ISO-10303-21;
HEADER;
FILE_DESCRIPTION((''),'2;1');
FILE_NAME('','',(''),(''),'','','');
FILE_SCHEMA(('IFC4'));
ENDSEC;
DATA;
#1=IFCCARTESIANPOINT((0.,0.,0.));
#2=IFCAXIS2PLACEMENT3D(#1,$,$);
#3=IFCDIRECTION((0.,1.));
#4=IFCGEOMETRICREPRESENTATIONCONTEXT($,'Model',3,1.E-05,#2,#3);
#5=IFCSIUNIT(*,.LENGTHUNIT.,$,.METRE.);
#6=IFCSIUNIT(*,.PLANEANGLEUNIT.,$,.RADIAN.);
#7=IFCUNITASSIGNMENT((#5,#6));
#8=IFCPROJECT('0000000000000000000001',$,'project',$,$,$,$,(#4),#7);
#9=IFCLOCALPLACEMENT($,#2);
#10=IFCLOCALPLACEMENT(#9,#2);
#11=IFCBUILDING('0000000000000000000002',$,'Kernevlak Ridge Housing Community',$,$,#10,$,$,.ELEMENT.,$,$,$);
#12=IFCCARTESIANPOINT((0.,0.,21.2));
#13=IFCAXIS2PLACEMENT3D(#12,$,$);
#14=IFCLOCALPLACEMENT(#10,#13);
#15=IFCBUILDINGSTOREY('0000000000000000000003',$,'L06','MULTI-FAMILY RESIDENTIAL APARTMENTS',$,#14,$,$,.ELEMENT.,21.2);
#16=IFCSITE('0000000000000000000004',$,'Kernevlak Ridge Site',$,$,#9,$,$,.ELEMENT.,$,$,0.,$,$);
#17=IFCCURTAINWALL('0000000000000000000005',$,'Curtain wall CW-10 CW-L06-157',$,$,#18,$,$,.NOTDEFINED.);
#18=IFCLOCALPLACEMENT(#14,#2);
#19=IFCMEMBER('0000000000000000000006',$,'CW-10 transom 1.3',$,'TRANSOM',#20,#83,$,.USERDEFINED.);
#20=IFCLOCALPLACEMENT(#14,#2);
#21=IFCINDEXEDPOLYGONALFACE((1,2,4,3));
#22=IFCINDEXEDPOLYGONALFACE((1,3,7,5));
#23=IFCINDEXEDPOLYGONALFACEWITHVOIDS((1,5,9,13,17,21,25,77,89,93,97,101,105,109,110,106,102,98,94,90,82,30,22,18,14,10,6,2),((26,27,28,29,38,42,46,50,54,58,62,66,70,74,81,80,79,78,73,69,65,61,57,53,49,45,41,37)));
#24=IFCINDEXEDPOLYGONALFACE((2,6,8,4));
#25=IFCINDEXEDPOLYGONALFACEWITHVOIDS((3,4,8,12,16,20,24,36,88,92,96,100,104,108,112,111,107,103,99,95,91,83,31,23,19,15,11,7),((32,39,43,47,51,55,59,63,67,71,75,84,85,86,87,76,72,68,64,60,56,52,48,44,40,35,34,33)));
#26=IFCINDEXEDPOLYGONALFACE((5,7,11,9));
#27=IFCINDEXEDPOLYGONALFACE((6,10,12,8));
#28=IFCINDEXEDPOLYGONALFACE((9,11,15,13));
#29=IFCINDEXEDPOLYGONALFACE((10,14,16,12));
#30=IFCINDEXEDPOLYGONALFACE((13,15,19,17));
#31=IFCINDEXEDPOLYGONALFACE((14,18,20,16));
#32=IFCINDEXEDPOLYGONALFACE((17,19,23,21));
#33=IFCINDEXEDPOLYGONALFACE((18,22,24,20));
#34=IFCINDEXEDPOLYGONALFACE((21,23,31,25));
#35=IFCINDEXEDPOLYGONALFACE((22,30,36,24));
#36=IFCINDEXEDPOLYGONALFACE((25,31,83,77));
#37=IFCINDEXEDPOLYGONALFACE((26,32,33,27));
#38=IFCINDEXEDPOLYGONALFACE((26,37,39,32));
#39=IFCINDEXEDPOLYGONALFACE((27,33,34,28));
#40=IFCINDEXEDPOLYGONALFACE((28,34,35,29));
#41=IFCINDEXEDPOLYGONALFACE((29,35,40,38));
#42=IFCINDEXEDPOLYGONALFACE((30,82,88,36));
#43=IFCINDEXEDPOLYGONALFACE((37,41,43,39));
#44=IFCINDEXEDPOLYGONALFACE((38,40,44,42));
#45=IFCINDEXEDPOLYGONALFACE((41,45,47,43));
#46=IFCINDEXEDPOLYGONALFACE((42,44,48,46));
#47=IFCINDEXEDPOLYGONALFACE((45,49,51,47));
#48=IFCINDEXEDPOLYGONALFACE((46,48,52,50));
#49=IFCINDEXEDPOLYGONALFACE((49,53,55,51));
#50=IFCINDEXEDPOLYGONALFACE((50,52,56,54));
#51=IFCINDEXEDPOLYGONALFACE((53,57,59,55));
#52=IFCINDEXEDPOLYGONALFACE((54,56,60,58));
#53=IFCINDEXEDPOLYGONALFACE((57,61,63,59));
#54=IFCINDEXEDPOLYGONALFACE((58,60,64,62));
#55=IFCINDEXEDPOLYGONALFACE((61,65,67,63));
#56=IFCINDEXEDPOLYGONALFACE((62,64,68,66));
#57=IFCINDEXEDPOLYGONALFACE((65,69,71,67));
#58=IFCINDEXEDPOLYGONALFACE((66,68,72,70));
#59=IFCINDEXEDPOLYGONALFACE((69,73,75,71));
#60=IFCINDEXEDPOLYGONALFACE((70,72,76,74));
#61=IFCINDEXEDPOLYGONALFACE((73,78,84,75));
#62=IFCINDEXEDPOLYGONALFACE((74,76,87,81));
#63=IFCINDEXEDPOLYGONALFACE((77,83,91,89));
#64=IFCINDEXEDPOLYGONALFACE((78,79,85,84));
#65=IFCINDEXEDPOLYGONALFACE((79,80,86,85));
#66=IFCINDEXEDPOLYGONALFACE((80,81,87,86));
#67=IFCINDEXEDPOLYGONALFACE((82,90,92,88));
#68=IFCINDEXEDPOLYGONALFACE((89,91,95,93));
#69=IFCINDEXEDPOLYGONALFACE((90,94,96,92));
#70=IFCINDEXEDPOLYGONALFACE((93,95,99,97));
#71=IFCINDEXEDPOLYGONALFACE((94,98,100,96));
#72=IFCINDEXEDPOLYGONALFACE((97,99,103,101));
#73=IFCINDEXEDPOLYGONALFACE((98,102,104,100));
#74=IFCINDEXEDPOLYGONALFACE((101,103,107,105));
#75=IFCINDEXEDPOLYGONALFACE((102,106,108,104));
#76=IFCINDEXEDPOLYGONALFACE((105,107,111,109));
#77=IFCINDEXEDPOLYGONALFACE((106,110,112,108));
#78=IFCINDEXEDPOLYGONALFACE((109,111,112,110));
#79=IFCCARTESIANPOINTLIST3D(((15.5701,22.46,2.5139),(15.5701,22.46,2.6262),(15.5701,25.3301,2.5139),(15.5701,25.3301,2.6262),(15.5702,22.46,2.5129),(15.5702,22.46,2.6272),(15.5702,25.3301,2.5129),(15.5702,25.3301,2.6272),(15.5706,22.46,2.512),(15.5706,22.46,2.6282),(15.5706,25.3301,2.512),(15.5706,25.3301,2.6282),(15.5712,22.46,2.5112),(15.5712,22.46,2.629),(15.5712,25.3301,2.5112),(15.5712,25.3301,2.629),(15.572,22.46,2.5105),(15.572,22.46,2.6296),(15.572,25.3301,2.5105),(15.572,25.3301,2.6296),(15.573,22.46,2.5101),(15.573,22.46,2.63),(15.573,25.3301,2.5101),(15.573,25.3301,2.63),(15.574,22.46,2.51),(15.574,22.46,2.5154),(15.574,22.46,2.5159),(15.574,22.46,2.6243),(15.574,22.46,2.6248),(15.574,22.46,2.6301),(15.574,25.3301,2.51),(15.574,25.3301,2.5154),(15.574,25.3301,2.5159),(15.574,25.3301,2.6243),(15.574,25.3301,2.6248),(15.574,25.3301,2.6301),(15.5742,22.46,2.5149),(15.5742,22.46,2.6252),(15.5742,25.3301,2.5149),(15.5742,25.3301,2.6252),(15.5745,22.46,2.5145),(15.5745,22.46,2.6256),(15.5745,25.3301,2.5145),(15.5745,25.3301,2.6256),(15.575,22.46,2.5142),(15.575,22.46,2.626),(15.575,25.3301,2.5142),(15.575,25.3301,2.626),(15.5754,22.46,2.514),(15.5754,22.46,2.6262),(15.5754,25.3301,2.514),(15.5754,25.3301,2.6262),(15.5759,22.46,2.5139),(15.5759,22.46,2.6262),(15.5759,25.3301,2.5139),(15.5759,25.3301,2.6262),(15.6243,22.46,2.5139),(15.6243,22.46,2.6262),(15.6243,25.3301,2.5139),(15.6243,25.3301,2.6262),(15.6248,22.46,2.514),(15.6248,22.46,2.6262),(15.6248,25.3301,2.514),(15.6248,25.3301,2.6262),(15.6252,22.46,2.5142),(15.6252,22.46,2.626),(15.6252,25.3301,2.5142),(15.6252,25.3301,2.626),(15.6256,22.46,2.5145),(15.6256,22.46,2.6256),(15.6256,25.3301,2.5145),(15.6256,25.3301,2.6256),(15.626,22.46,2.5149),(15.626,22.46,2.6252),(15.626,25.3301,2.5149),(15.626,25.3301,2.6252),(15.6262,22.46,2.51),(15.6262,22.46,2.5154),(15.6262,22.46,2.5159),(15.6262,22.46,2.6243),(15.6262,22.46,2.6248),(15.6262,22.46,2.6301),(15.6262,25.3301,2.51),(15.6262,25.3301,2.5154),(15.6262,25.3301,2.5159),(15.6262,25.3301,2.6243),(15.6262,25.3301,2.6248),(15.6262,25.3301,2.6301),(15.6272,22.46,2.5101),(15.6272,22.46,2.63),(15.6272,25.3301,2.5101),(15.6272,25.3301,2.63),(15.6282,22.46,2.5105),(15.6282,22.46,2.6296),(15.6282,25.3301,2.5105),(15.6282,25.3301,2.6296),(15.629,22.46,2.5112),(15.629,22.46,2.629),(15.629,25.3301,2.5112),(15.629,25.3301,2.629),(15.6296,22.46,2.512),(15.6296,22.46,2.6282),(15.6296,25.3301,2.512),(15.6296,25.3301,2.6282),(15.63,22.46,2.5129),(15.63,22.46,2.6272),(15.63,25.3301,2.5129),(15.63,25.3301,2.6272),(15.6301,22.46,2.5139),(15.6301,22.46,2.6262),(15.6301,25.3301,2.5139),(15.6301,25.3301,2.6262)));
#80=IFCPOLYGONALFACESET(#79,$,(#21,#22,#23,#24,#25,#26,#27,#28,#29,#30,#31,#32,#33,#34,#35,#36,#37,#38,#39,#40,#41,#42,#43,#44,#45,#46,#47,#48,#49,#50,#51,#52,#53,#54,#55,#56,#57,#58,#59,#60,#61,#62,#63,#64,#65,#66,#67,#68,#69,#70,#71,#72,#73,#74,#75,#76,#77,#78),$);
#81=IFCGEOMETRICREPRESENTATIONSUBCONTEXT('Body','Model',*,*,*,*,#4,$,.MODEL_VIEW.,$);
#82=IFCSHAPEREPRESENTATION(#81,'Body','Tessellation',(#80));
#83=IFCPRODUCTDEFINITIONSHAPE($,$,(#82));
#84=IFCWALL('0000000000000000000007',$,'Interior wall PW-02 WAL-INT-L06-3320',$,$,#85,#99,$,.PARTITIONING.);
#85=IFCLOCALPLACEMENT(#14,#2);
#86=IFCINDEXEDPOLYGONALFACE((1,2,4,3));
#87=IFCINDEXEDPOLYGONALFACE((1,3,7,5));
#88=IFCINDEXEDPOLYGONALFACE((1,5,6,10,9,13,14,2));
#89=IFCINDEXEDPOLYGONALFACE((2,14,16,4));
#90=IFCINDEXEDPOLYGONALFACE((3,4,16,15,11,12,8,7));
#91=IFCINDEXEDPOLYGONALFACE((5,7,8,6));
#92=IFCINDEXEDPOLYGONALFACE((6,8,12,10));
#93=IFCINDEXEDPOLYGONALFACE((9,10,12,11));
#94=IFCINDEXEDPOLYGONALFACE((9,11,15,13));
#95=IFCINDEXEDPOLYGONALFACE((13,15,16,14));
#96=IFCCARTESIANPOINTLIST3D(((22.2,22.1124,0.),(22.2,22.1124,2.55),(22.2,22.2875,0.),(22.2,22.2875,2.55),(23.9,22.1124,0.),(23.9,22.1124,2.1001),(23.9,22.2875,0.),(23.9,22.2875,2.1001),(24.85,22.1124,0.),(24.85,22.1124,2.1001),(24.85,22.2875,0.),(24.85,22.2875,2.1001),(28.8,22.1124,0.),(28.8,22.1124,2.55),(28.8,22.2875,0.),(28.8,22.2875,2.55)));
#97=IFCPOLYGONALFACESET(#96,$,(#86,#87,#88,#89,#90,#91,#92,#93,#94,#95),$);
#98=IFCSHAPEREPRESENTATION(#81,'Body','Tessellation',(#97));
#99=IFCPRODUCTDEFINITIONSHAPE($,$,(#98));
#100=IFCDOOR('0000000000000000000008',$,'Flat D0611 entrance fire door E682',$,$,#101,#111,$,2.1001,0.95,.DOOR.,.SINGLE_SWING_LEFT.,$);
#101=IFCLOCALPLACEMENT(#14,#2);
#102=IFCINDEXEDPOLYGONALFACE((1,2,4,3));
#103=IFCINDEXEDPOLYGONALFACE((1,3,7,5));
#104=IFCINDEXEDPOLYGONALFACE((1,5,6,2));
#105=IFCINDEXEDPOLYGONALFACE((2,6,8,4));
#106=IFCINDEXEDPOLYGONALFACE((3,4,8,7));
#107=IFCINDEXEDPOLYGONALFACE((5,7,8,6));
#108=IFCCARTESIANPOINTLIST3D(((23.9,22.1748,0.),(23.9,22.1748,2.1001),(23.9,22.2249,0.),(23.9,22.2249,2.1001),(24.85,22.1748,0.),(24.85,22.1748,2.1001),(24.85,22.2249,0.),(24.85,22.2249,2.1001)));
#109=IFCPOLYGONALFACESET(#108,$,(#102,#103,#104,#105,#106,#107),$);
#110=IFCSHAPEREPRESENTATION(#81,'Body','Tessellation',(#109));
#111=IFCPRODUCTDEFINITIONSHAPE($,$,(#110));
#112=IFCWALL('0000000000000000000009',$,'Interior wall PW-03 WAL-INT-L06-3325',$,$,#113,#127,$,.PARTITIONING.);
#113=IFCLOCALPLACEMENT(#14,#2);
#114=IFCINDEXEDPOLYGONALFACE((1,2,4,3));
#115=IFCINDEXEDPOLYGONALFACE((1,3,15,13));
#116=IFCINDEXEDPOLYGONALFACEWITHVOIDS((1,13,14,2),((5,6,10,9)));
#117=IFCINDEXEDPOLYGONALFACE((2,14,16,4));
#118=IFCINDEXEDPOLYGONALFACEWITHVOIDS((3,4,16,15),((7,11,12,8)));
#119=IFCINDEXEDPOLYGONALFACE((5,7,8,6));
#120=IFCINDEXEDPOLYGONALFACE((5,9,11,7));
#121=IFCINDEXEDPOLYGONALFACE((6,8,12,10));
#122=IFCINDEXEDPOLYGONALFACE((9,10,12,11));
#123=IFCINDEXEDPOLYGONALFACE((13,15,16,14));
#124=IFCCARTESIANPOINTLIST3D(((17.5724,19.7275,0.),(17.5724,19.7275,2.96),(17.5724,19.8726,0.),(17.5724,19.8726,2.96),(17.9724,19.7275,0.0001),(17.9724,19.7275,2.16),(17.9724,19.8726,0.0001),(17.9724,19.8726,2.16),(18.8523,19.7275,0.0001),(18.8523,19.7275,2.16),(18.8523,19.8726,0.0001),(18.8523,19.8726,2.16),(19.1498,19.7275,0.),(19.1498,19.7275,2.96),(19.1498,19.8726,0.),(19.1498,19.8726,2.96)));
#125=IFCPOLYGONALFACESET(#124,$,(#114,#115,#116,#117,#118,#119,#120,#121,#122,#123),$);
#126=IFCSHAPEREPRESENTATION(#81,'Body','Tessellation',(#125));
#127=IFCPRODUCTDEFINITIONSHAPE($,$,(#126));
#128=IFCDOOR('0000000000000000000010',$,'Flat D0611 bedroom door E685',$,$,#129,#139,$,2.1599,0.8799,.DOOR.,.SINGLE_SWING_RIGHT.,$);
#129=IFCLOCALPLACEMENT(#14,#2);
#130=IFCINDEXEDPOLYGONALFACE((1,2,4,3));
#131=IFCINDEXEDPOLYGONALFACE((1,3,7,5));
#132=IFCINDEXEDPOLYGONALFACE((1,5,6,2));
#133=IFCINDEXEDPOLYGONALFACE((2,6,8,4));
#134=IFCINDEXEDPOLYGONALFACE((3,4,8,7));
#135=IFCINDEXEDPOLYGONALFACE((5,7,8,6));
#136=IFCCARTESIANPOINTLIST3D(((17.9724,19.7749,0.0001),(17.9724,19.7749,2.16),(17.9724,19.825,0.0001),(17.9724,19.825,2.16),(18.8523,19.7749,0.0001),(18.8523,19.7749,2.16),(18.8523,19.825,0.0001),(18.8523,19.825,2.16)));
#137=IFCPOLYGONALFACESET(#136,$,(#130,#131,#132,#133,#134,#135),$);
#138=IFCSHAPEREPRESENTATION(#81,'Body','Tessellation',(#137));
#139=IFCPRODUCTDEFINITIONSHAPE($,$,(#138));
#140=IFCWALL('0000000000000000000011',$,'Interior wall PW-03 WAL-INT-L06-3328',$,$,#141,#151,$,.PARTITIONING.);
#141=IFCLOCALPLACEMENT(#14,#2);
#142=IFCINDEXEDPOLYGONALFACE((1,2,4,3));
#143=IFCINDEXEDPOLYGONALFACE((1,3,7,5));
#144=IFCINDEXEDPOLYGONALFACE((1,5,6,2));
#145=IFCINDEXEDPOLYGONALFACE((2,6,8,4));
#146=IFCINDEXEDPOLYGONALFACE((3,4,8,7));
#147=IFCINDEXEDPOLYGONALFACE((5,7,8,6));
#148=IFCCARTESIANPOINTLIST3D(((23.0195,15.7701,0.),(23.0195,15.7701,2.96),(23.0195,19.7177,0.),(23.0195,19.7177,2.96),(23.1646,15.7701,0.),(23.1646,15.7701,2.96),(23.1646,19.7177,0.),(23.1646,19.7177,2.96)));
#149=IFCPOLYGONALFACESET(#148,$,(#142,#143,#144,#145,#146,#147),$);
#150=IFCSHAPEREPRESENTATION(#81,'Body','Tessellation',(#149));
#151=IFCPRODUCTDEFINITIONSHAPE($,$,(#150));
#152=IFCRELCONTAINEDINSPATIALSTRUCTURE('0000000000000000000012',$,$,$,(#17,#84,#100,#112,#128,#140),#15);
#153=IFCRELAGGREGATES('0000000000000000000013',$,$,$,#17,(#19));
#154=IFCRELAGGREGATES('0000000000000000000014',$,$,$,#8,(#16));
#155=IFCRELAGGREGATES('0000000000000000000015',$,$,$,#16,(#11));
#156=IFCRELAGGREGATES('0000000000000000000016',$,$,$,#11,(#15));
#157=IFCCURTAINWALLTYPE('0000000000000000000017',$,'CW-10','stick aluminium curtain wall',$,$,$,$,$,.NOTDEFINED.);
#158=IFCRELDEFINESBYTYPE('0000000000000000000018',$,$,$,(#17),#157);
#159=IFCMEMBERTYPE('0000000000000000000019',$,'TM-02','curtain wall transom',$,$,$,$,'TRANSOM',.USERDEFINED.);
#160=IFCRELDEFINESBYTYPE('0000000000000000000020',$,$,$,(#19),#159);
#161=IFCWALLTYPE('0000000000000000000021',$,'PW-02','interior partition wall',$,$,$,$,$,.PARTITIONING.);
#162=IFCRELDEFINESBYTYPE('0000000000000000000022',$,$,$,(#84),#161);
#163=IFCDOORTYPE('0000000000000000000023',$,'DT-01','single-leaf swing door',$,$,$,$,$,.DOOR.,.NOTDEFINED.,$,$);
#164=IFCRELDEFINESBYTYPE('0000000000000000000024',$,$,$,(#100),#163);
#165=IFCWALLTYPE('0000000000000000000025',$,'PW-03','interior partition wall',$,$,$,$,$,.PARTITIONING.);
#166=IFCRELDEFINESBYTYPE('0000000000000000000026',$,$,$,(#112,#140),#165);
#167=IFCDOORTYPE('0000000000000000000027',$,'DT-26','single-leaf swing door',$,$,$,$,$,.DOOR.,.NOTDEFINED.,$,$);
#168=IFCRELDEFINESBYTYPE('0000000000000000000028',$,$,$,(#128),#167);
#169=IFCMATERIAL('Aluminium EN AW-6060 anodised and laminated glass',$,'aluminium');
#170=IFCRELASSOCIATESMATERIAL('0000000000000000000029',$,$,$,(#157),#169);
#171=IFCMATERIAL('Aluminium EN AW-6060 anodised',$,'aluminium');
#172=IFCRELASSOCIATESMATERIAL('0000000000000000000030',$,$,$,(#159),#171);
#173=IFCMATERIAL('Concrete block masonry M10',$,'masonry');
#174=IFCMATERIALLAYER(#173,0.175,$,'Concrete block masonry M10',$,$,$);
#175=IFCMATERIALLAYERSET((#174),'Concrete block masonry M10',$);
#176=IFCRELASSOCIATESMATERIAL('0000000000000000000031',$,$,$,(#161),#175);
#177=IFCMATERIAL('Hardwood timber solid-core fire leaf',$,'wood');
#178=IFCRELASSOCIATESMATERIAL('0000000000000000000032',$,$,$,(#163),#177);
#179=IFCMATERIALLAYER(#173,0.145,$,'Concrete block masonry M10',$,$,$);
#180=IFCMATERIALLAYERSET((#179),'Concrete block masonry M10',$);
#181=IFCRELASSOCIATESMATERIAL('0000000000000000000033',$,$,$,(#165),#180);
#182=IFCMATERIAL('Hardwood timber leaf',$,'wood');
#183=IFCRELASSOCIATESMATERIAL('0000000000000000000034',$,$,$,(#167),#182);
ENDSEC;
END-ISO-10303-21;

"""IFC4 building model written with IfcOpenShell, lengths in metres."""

from ifc_helpers import new_model, si_unit, direction, frame, frame_2d, origin, origin_2d, place, context, subcontext, project, spatial, rectangle, hollow_rectangle, extrude, material, layer, layer_set, material_profile, profile_set, type_object, element, fill, aggregate, save


model = new_model("IFC4")

# Units and contexts
model_context = context("Model", 3, precision=1e-05, world=origin(), true_north=direction((0.0, 1.0)))
body_context = subcontext(model_context, "Body", "Model", "MODEL_VIEW")
ifc_project = project(units=[si_unit("LENGTHUNIT", "METRE"), si_unit("PLANEANGLEUNIT", "RADIAN")], contexts=[model_context])

# Site, building, storey
site_placement = place(None, origin())
site = spatial("IfcSite", under=ifc_project, at=site_placement, Name="Kernevlak Ridge Site", CompositionType="ELEMENT", RefElevation=0.0)
building_placement = place(site_placement, origin())
building = spatial("IfcBuilding", under=site, at=building_placement, Name="Kernevlak Ridge Housing Community", CompositionType="ELEMENT")
storey_placement = place(building_placement, frame((0.0, 0.0, 21.2)))
storey = spatial("IfcBuildingStorey", under=building, at=storey_placement, Name="L06", Description="MULTI-FAMILY RESIDENTIAL APARTMENTS", CompositionType="ELEMENT", Elevation=21.2)

# Curtain wall
ifc_material_1 = material(Name="Aluminium EN AW-6060 anodised and laminated glass", Category="aluminium")
curtain_wall_type = type_object("IfcCurtainWallType", Name="CW-10", Description="stick aluminium curtain wall", PredefinedType="NOTDEFINED", material=ifc_material_1)
curtain_wall_placement = place(storey_placement, origin())
curtain_wall = element("IfcCurtainWall", 1, at=curtain_wall_placement, inside=storey, type_object=curtain_wall_type, Name="Curtain wall CW-10 CW-L06-157", PredefinedType="NOTDEFINED")
ifc_material_2 = material(Name="Aluminium EN AW-6060 anodised", Category="aluminium")

# Member
ifc_material_profile_1 = material_profile(ifc_material_2, hollow_rectangle(XDim=0.0601, YDim=0.1201, WallThickness=0.0039, InnerFilletRadius=0.002, OuterFilletRadius=0.0039, at=origin_2d()), Name="ALU 60x120x4")
ifc_profile_set_1 = profile_set([ifc_material_profile_1], Name="Aluminium EN AW-6060 anodised")
member_type_1 = type_object("IfcMemberType", Name="TM-02", Description="curtain wall transom", ElementType="TRANSOM", PredefinedType="USERDEFINED", material=ifc_profile_set_1)
member_1_placement = place(storey_placement, frame((15.6001, 22.46, 2.5701), z_axis=(0.0, 1.0, 0.0), x_axis=(-1.0, 0.0, 0.0)))
member_1 = element("IfcMember", 2, at=member_1_placement, type_object=member_type_1, Name="CW-10 transom 1.3", ObjectType="TRANSOM", PredefinedType="USERDEFINED", context=body_context, shape_type="SweptSolid", body=[
    extrude(hollow_rectangle(XDim=0.0601, YDim=0.1201, WallThickness=0.0039, InnerFilletRadius=0.002, OuterFilletRadius=0.0039, at=origin_2d()), origin(), (0.0, 0.0, 1.0), 2.8701),
])
aggregate(curtain_wall, [member_1])

# Walls, openings, doors
ifc_material_3 = material(Name="Concrete block masonry M10", Category="masonry")
ifc_layer_1 = layer(ifc_material_3, 0.175, Name="Concrete block masonry M10")
ifc_layer_set_1 = layer_set([ifc_layer_1], Name="Concrete block masonry M10")
wall_type_1 = type_object("IfcWallType", Name="PW-02", Description="interior partition wall", PredefinedType="PARTITIONING", material=ifc_layer_set_1)
wall_1_placement = place(storey_placement, frame((22.2, 22.2, 0.0), z_axis=(0.0, 0.0, 1.0), x_axis=(1.0, 0.0, 0.0)))
wall_1 = element("IfcWall", 3, at=wall_1_placement, inside=storey, type_object=wall_type_1, Name="Interior wall PW-02 WAL-INT-L06-3320", PredefinedType="PARTITIONING", context=body_context, shape_type="SweptSolid", body=[
    extrude(rectangle(XDim=6.6001, YDim=0.175, at=frame_2d((3.3, 0.0))), origin(), (0.0, 0.0, 1.0), 2.55),
])
opening_1_placement = place(wall_1_placement, frame((1.7, 0.0, 0.0)))
opening_1 = element("IfcOpeningElement", 4, at=opening_1_placement, cuts=wall_1, PredefinedType="OPENING", context=body_context, shape_type="SweptSolid", body=[
    extrude(rectangle(XDim=0.95, YDim=2.1001, at=frame_2d((0.4751, 1.05))), frame((0.0, 0.0974, 0.0), z_axis=(0.0, -1.0, 0.0), x_axis=(1.0, 0.0, 0.0)), (0.0, 0.0, 1.0), 0.1951),
])
ifc_material_4 = material(Name="Hardwood timber solid-core fire leaf", Category="wood")
door_type_1 = type_object("IfcDoorType", Name="DT-01", Description="single-leaf swing door", OperationType="NOTDEFINED", PredefinedType="DOOR", material=ifc_material_4)
door_1_placement = place(opening_1_placement, origin())
door_1 = element("IfcDoor", 5, at=door_1_placement, inside=storey, type_object=door_type_1, Name="Flat D0611 entrance fire door E682", OperationType="SINGLE_SWING_LEFT", OverallHeight=2.1001, OverallWidth=0.95, PredefinedType="DOOR", context=body_context, shape_type="SweptSolid", body=[
    extrude(rectangle(XDim=0.95, YDim=2.1001, at=frame_2d((0.4751, 1.05))), frame((0.0, 0.0249, 0.0), z_axis=(0.0, -1.0, 0.0), x_axis=(1.0, 0.0, 0.0)), (0.0, 0.0, 1.0), 0.05),
])
fill(opening_1, door_1)
ifc_layer_2 = layer(ifc_material_3, 0.145, Name="Concrete block masonry M10")
ifc_layer_set_2 = layer_set([ifc_layer_2], Name="Concrete block masonry M10")
wall_type_2 = type_object("IfcWallType", Name="PW-03", Description="interior partition wall", PredefinedType="PARTITIONING", material=ifc_layer_set_2)
wall_2_placement = place(storey_placement, frame((17.5725, 19.8, 0.0), z_axis=(0.0, 0.0, 1.0), x_axis=(1.0, 0.0, 0.0)))
wall_2 = element("IfcWall", 6, at=wall_2_placement, inside=storey, type_object=wall_type_2, Name="Interior wall PW-03 WAL-INT-L06-3325", PredefinedType="PARTITIONING", context=body_context, shape_type="SweptSolid", body=[
    extrude(rectangle(XDim=1.5774, YDim=0.145, at=frame_2d((0.7886, 0.0))), origin(), (0.0, 0.0, 1.0), 2.96),
])
opening_2_placement = place(wall_2_placement, frame((0.3999, 0.0, 0.0)))
opening_2 = element("IfcOpeningElement", 7, at=opening_2_placement, cuts=wall_2, PredefinedType="OPENING", context=body_context, shape_type="SweptSolid", body=[
    extrude(rectangle(XDim=0.8799, YDim=2.1599, at=frame_2d((0.4399, 1.0801))), frame((0.0, 0.0825, 0.0), z_axis=(0.0, -1.0, 0.0), x_axis=(1.0, 0.0, 0.0)), (0.0, 0.0, 1.0), 0.165),
])
ifc_material_5 = material(Name="Hardwood timber leaf", Category="wood")
door_type_2 = type_object("IfcDoorType", Name="DT-26", Description="single-leaf swing door", OperationType="NOTDEFINED", PredefinedType="DOOR", material=ifc_material_5)
door_2_placement = place(opening_2_placement, origin())
door_2 = element("IfcDoor", 8, at=door_2_placement, inside=storey, type_object=door_type_2, Name="Flat D0611 bedroom door E685", OperationType="SINGLE_SWING_RIGHT", OverallHeight=2.1599, OverallWidth=0.8799, PredefinedType="DOOR", context=body_context, shape_type="SweptSolid", body=[
    extrude(rectangle(XDim=0.8799, YDim=2.1599, at=frame_2d((0.4399, 1.0801))), frame((0.0, 0.0249, 0.0), z_axis=(0.0, -1.0, 0.0), x_axis=(1.0, 0.0, 0.0)), (0.0, 0.0, 1.0), 0.05),
])
fill(opening_2, door_2)

# Wall
wall_3_placement = place(storey_placement, frame((23.092, 19.7175, 0.0), z_axis=(0.0, 0.0, 1.0), x_axis=(0.0, -1.0, 0.0)))
element("IfcWall", 9, at=wall_3_placement, inside=storey, type_object=wall_type_2, Name="Interior wall PW-03 WAL-INT-L06-3328", PredefinedType="PARTITIONING", context=body_context, shape_type="SweptSolid", body=[
    extrude(rectangle(XDim=3.9475, YDim=0.145, at=frame_2d((1.9736, 0.0))), origin(), (0.0, 0.0, 1.0), 2.96),
])

save(model, "model.ifc")
